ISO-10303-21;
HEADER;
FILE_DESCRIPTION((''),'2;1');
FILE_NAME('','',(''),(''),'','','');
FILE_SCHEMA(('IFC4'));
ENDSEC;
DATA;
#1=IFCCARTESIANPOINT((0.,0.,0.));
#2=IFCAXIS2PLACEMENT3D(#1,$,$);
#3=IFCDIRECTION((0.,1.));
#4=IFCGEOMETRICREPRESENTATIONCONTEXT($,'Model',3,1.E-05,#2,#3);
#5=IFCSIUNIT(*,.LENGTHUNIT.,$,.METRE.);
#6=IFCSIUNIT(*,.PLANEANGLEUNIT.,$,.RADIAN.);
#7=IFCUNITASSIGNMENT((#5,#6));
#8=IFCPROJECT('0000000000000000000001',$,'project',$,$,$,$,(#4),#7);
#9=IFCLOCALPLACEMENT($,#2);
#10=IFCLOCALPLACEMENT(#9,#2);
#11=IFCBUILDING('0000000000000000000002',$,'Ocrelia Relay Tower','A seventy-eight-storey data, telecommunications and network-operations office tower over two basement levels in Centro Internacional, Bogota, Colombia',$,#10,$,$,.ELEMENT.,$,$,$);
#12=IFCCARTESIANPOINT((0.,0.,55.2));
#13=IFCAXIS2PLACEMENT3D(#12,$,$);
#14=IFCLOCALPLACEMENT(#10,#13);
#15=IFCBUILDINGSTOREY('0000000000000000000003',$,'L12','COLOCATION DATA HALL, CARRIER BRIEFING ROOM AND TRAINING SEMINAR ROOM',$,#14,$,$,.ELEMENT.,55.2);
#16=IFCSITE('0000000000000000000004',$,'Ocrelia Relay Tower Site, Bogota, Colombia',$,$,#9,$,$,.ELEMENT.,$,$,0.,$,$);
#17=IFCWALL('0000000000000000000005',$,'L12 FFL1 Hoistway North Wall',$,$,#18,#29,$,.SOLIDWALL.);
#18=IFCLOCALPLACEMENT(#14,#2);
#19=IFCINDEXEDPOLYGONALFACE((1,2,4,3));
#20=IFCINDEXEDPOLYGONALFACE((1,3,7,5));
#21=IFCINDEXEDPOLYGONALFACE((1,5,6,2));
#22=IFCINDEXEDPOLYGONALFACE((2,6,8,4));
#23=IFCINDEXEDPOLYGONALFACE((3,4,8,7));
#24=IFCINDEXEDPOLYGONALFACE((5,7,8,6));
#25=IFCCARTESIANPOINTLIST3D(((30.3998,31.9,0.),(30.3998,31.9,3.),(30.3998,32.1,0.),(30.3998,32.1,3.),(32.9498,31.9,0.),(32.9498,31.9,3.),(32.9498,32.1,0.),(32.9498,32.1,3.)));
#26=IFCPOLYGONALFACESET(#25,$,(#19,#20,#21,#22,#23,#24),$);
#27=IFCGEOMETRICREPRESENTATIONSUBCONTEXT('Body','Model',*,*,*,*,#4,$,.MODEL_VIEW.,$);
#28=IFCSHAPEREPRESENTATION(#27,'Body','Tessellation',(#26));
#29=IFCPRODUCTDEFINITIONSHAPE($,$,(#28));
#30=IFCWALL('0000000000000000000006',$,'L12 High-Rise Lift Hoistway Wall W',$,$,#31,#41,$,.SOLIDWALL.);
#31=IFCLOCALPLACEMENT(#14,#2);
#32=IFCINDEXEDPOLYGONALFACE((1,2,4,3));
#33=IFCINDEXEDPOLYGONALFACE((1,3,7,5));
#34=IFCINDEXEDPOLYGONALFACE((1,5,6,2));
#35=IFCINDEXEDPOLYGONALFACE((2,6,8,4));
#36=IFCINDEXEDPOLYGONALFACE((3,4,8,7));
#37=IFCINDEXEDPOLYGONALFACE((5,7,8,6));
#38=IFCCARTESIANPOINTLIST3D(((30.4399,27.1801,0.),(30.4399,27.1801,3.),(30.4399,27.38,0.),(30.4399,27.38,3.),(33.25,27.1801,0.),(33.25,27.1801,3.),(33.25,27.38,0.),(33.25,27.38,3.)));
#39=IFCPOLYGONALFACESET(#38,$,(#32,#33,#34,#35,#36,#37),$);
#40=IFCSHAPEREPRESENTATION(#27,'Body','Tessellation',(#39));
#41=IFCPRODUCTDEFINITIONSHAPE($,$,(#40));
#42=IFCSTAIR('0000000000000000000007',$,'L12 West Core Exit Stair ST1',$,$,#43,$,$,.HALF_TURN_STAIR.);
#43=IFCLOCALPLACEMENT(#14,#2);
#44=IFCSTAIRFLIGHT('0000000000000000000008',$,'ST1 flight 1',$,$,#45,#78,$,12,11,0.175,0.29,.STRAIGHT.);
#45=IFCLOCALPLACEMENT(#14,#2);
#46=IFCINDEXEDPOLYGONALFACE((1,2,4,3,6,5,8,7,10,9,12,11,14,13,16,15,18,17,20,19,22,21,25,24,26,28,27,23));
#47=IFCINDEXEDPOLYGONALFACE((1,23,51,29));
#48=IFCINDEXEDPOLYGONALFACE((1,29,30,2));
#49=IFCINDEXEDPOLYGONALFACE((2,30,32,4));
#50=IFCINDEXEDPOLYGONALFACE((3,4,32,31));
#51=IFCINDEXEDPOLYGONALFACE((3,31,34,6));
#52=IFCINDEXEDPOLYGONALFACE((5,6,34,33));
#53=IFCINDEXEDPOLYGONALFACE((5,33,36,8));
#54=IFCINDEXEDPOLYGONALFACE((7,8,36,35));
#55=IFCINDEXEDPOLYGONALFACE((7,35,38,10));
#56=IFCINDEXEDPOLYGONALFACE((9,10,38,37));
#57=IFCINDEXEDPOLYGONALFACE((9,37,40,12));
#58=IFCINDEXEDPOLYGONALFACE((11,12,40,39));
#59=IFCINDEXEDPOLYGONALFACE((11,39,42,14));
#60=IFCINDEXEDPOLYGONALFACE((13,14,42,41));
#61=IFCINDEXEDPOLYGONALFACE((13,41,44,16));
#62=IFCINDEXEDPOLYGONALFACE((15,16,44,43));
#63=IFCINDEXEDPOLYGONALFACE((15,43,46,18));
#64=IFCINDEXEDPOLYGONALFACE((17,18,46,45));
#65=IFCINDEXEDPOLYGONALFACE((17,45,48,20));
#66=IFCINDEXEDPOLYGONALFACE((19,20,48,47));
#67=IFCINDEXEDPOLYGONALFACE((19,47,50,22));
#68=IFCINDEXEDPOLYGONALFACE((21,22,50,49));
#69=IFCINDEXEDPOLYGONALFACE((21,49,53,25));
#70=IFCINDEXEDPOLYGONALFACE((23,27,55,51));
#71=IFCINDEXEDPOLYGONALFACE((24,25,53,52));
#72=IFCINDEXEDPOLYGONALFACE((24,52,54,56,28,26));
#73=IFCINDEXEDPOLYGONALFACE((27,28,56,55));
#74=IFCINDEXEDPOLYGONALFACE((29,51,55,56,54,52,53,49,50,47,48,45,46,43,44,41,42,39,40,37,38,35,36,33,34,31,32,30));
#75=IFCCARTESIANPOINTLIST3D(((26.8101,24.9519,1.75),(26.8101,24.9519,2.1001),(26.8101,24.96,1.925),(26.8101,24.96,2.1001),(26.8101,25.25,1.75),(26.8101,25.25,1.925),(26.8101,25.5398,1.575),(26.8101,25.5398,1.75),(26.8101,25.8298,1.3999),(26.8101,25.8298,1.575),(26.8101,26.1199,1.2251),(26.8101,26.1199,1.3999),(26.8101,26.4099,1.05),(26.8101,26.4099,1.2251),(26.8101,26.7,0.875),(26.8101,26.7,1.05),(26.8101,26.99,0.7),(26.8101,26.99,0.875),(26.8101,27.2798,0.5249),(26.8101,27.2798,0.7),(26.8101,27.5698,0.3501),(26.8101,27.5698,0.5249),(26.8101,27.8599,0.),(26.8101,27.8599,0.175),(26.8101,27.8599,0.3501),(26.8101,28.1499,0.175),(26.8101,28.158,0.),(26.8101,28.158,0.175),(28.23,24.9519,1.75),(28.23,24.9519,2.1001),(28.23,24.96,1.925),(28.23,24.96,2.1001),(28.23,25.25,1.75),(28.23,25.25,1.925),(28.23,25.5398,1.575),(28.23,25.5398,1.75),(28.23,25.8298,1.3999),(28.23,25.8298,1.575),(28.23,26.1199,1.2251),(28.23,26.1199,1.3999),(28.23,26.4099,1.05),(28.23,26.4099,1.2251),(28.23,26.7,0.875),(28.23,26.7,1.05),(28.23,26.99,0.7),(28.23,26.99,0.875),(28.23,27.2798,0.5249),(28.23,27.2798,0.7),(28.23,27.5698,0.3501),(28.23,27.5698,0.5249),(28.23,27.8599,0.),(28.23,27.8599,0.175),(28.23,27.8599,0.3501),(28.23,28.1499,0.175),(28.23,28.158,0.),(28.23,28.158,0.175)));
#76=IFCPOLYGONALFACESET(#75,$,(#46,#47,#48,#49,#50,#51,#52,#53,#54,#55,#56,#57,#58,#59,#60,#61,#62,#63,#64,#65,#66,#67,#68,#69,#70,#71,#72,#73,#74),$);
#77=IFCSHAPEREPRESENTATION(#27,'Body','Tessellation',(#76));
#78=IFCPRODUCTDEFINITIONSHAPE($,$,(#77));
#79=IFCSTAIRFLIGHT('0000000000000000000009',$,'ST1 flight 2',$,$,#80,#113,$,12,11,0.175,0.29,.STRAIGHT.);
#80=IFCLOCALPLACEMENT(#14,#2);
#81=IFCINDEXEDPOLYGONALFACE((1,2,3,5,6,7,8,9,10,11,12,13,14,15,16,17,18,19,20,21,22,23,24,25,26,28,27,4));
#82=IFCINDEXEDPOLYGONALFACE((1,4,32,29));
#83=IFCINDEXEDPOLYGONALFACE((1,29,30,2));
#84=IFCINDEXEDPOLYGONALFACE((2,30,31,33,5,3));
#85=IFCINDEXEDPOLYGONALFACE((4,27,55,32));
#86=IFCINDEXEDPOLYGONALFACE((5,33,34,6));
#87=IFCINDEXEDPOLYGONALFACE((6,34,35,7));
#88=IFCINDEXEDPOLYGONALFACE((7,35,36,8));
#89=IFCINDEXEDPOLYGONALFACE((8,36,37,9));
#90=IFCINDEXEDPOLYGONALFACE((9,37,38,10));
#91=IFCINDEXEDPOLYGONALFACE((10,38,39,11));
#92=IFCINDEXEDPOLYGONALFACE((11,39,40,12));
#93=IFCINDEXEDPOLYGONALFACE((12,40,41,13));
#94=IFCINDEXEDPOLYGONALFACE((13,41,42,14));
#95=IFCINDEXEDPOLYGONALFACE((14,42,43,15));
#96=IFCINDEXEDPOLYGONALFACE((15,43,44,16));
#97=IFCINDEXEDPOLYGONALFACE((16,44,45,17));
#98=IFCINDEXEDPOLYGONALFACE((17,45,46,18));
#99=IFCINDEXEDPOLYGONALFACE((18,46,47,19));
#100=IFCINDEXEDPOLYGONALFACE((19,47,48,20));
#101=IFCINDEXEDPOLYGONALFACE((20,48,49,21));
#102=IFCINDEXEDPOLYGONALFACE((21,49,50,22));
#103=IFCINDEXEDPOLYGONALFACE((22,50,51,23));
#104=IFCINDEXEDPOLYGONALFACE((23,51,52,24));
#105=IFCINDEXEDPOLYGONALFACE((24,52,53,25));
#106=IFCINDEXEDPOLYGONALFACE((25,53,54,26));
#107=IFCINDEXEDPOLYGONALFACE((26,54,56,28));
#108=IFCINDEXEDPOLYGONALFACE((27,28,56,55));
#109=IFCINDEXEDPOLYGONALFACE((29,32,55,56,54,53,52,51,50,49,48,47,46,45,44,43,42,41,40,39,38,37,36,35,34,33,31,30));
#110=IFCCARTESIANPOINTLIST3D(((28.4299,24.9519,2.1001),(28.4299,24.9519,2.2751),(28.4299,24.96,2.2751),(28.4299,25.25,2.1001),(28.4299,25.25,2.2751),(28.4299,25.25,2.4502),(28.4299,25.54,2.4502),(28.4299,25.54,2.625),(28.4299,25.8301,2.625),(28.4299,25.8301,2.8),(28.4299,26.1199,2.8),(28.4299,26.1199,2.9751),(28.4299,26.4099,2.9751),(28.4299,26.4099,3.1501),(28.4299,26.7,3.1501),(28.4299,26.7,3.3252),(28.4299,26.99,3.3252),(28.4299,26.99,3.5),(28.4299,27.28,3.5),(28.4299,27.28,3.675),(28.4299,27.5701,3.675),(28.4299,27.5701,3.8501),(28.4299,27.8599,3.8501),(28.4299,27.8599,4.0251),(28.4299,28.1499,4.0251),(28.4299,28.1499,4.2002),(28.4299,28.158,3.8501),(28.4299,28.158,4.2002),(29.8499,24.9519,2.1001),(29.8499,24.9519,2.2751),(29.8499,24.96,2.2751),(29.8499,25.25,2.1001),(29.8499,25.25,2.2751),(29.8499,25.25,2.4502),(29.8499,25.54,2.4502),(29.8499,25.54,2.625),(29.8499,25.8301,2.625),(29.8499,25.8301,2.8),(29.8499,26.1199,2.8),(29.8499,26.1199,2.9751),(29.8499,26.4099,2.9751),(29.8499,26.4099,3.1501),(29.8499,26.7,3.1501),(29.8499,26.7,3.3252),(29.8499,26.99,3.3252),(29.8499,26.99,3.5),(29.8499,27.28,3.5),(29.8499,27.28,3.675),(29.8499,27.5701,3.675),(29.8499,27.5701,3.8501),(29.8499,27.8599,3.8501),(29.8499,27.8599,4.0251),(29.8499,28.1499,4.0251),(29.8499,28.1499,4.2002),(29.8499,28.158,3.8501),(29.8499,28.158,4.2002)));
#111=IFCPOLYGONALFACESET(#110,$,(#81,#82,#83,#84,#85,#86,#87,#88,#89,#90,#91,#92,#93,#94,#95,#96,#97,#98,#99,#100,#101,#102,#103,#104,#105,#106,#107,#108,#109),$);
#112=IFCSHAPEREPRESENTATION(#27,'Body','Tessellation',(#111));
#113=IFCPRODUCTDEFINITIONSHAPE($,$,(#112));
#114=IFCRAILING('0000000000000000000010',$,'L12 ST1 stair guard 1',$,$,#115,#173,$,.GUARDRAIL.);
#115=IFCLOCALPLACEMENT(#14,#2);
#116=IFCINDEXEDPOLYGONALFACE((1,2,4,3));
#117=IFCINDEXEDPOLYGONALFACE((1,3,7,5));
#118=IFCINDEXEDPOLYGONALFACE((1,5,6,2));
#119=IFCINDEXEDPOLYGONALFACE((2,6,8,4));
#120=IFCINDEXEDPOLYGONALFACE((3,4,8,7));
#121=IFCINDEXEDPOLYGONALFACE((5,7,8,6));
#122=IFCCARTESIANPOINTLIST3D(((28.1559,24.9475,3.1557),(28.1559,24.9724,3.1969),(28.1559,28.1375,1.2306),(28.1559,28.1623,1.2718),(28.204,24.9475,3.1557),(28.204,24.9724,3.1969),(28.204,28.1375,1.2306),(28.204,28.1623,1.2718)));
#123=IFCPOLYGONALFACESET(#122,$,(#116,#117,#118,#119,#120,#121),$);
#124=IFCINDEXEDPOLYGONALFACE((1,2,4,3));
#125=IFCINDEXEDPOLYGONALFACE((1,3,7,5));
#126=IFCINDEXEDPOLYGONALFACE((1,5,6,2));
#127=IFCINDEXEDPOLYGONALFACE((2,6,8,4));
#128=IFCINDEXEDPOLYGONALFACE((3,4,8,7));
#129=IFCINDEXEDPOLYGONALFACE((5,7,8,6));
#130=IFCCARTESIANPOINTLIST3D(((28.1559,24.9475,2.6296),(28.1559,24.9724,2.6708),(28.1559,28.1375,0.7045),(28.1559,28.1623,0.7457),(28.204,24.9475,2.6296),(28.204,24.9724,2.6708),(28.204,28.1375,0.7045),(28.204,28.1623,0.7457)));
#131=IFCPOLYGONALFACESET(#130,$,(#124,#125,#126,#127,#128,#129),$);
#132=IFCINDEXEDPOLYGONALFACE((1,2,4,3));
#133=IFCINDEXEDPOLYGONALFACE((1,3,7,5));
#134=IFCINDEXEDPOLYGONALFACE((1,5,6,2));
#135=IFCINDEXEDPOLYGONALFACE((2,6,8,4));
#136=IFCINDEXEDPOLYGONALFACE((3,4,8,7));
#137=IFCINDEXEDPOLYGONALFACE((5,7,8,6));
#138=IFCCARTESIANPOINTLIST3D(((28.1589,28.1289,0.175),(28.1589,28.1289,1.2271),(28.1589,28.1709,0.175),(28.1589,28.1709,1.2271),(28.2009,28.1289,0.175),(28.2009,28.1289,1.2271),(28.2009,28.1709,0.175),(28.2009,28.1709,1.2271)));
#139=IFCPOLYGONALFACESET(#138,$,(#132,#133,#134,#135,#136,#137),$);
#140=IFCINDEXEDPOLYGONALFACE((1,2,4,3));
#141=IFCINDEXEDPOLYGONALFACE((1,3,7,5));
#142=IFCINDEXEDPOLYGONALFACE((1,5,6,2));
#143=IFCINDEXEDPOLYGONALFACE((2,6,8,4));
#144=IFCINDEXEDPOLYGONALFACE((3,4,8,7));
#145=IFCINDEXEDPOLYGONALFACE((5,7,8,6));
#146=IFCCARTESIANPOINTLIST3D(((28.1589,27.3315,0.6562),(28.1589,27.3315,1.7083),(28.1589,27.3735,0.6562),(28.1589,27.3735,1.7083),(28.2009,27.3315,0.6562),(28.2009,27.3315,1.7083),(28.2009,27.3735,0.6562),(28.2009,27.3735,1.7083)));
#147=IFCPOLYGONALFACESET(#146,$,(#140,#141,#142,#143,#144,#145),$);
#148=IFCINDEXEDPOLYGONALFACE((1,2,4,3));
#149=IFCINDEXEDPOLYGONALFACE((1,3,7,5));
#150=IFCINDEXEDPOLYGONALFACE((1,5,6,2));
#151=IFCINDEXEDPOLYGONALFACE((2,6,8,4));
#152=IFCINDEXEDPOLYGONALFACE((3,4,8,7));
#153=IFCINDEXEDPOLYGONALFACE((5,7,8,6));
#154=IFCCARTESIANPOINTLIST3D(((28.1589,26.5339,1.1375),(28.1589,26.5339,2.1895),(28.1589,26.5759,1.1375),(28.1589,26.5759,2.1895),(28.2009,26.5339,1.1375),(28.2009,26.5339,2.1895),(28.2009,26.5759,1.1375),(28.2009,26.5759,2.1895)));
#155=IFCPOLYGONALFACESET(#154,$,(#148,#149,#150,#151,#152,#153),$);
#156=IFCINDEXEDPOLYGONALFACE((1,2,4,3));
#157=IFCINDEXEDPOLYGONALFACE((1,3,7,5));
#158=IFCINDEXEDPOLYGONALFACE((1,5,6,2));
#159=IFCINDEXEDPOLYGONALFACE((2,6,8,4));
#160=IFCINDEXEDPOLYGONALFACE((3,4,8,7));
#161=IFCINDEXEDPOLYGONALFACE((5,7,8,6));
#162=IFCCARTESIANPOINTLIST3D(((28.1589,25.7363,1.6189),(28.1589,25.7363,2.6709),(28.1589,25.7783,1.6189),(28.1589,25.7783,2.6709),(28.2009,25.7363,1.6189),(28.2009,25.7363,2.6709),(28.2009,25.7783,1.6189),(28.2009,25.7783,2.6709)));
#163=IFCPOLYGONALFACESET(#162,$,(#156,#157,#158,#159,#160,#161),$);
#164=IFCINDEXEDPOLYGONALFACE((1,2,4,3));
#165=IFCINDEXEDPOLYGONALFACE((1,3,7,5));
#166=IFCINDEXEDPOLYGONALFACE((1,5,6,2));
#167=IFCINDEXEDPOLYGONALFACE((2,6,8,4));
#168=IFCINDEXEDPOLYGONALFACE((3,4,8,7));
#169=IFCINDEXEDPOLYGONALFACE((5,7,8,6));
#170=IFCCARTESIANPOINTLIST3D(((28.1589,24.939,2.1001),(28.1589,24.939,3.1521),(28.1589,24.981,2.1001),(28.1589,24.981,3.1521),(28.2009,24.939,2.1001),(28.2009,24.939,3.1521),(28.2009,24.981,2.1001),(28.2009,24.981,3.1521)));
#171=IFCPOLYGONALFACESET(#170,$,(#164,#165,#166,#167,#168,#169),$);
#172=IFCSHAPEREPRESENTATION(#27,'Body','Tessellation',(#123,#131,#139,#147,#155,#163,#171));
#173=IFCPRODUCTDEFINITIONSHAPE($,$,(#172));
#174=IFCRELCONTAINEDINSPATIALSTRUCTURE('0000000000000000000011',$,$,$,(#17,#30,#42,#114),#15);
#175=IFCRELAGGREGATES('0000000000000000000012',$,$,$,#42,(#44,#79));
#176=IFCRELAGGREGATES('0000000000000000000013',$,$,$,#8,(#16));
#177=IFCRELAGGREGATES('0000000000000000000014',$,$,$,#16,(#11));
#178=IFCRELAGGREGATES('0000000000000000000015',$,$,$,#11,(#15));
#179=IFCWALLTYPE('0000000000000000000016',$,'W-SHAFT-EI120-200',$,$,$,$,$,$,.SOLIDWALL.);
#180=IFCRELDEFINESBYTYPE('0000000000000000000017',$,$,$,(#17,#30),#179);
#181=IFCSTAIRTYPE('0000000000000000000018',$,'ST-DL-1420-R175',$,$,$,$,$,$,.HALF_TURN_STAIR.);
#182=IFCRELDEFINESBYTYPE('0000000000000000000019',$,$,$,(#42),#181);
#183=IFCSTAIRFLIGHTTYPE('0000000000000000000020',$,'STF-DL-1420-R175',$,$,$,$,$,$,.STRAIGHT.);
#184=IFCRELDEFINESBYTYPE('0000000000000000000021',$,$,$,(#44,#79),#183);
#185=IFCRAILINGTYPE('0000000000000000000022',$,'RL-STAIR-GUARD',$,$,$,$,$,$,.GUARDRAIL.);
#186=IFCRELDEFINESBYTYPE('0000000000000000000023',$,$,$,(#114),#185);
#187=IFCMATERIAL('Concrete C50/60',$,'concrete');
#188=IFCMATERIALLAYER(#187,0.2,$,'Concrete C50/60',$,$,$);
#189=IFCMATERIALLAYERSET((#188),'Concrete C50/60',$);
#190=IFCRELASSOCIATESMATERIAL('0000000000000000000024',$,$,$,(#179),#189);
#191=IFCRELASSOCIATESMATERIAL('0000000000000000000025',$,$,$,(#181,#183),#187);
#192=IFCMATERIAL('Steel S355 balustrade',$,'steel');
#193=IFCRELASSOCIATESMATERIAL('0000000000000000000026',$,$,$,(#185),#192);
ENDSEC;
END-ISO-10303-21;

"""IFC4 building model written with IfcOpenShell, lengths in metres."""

from ifc_helpers import new_model, si_unit, direction, frame, frame_2d, origin, origin_2d, place, context, subcontext, project, spatial, polyline, rectangle, outline, extrude, material, layer, layer_set, type_object, element, aggregate, save


model = new_model("IFC4")

# Units and contexts
model_context = context("Model", 3, precision=1e-05, world=origin(), true_north=direction((0.0, 1.0)))
body_context = subcontext(model_context, "Body", "Model", "MODEL_VIEW")
ifc_project = project(units=[si_unit("LENGTHUNIT", "METRE"), si_unit("PLANEANGLEUNIT", "RADIAN")], contexts=[model_context])

# Site, building, storey
site_placement = place(None, origin())
site = spatial("IfcSite", under=ifc_project, at=site_placement, Name="Ocrelia Relay Tower Site, Bogota, Colombia", CompositionType="ELEMENT", RefElevation=0.0)
building_placement = place(site_placement, origin())
building = spatial("IfcBuilding", under=site, at=building_placement, Name="Ocrelia Relay Tower", Description="A seventy-eight-storey data, telecommunications and network-operations office tower over two basement levels in Centro Internacional, Bogota, Colombia", CompositionType="ELEMENT")
storey_placement = place(building_placement, frame((0.0, 0.0, 55.2)))
storey = spatial("IfcBuildingStorey", under=building, at=storey_placement, Name="L12", Description="COLOCATION DATA HALL, CARRIER BRIEFING ROOM AND TRAINING SEMINAR ROOM", CompositionType="ELEMENT", Elevation=55.2)

# Shared definitions
ifc_material_1 = material(Name="Concrete C50/60", Category="concrete")

# Walls
ifc_layer_1 = layer(ifc_material_1, 0.2, Name="Concrete C50/60")
ifc_layer_set_1 = layer_set([ifc_layer_1], Name="Concrete C50/60")
wall_type_1 = type_object("IfcWallType", Name="W-SHAFT-EI120-200", PredefinedType="SOLIDWALL", material=ifc_layer_set_1)
wall_1_placement = place(storey_placement, frame((30.3999, 32.0, 0.0), z_axis=(0.0, 0.0, 1.0), x_axis=(1.0, 0.0, 0.0)))
element("IfcWall", 1, at=wall_1_placement, inside=storey, type_object=wall_type_1, Name="L12 FFL1 Hoistway North Wall", PredefinedType="SOLIDWALL", context=body_context, shape_type="SweptSolid", body=[
    extrude(rectangle(XDim=2.55, YDim=0.2, at=frame_2d((1.2749, 0.0))), origin(), (0.0, 0.0, 1.0), 3.0),
])
wall_2_placement = place(storey_placement, frame((30.4399, 27.28, 0.0), z_axis=(0.0, 0.0, 1.0), x_axis=(1.0, 0.0, 0.0)))
element("IfcWall", 2, at=wall_2_placement, inside=storey, type_object=wall_type_1, Name="L12 High-Rise Lift Hoistway Wall W", PredefinedType="SOLIDWALL", context=body_context, shape_type="SweptSolid", body=[
    extrude(rectangle(XDim=2.8101, YDim=0.2, at=frame_2d((1.405, 0.0))), origin(), (0.0, 0.0, 1.0), 3.0),
])

# Stair, stair flights
stair_type = type_object("IfcStairType", Name="ST-DL-1420-R175", PredefinedType="HALF_TURN_STAIR", material=ifc_material_1)
stair_placement = place(storey_placement, origin())
stair = element("IfcStair", 3, at=stair_placement, inside=storey, type_object=stair_type, Name="L12 West Core Exit Stair ST1", PredefinedType="HALF_TURN_STAIR")
stair_flight_type = type_object("IfcStairFlightType", Name="STF-DL-1420-R175", PredefinedType="STRAIGHT", material=ifc_material_1)
stair_flight_1_placement = place(storey_placement, frame((27.52, 28.1499, 0.0), z_axis=(0.0, 0.0, 1.0), x_axis=(0.0, -1.0, 0.0)))
stair_flight_1 = element("IfcStairFlight", 4, at=stair_flight_1_placement, type_object=stair_flight_type, Name="ST1 flight 1", NumberOfRisers=12, NumberOfTreads=11, PredefinedType="STRAIGHT", RiserHeight=0.175, TreadLength=0.29, context=body_context, shape_type="SweptSolid", body=[
    extrude(outline(polyline([(-0.0081, 0.0), (-0.0081, 0.175), (0.0, 0.175), (0.29, 0.175), (0.29, 0.3501), (0.5801, 0.3501), (0.5801, 0.5249), (0.8701, 0.5249), (0.8701, 0.7), (1.1599, 0.7), (1.1599, 0.875), (1.45, 0.875), (1.45, 1.05), (1.74, 1.05), (1.74, 1.2251), (2.03, 1.2251), (2.03, 1.3999), (2.3201, 1.3999), (2.3201, 1.575), (2.6101, 1.575), (2.6101, 1.75), (2.8999, 1.75), (2.8999, 1.925), (3.1899, 1.925), (3.1899, 2.1001), (3.198, 2.1001), (3.198, 1.75), (0.29, 0.0), (-0.0081, 0.0)])), frame((0.0, 0.71, 0.0), z_axis=(0.0, -1.0, 0.0), x_axis=(1.0, 0.0, 0.0)), (0.0, 0.0, 1.0), 1.4199),
])
stair_flight_2_placement = place(storey_placement, frame((29.1399, 24.96, 2.1001), z_axis=(0.0, 0.0, 1.0), x_axis=(0.0, 1.0, 0.0)))
stair_flight_2 = element("IfcStairFlight", 5, at=stair_flight_2_placement, type_object=stair_flight_type, Name="ST1 flight 2", NumberOfRisers=12, NumberOfTreads=11, PredefinedType="STRAIGHT", RiserHeight=0.175, TreadLength=0.29, context=body_context, shape_type="SweptSolid", body=[
    extrude(outline(polyline([(-0.0081, 0.0), (-0.0081, 0.175), (0.0, 0.175), (0.29, 0.175), (0.29, 0.3501), (0.5801, 0.3501), (0.5801, 0.5249), (0.8701, 0.5249), (0.8701, 0.7), (1.1599, 0.7), (1.1599, 0.875), (1.45, 0.875), (1.45, 1.05), (1.74, 1.05), (1.74, 1.2251), (2.03, 1.2251), (2.03, 1.3999), (2.3201, 1.3999), (2.3201, 1.575), (2.6101, 1.575), (2.6101, 1.75), (2.8999, 1.75), (2.8999, 1.925), (3.1899, 1.925), (3.1899, 2.1001), (3.198, 2.1001), (3.198, 1.75), (0.29, 0.0), (-0.0081, 0.0)])), frame((0.0, 0.71, 0.0), z_axis=(0.0, -1.0, 0.0), x_axis=(1.0, 0.0, 0.0)), (0.0, 0.0, 1.0), 1.4199),
])
aggregate(stair, [stair_flight_1, stair_flight_2])

# Railing
ifc_material_2 = material(Name="Steel S355 balustrade", Category="steel")
railing_type_1 = type_object("IfcRailingType", Name="RL-STAIR-GUARD", PredefinedType="GUARDRAIL", material=ifc_material_2)
railing_1_placement = place(storey_placement, frame((28.1799, 28.1499, 0.175)))
element("IfcRailing", 6, at=railing_1_placement, inside=storey, type_object=railing_type_1, Name="L12 ST1 stair guard 1", PredefinedType="GUARDRAIL", context=body_context, shape_type="SweptSolid", body=[
    extrude(rectangle(XDim=0.0481, YDim=0.0481, at=origin_2d()), frame((0.0, 0.0, 1.0762), z_axis=(0.0, -0.856178, 0.516682), x_axis=(1.0, 0.0, 0.0)), (0.0, 0.0, 1.0), 3.7258),
    extrude(rectangle(XDim=0.0481, YDim=0.0481, at=origin_2d()), frame((0.0, 0.0, 0.55), z_axis=(0.0, -0.856178, 0.516682), x_axis=(1.0, 0.0, 0.0)), (0.0, 0.0, 1.0), 3.7258),
    extrude(rectangle(XDim=0.042, YDim=0.042, at=origin_2d()), origin(), (0.0, 0.0, 1.0), 1.052),
    extrude(rectangle(XDim=0.042, YDim=0.042, at=origin_2d()), frame((0.0, -0.7974, 0.4812)), (0.0, 0.0, 1.0), 1.052),
    extrude(rectangle(XDim=0.042, YDim=0.042, at=origin_2d()), frame((0.0, -1.595, 0.9624)), (0.0, 0.0, 1.0), 1.052),
    extrude(rectangle(XDim=0.042, YDim=0.042, at=origin_2d()), frame((0.0, -2.3926, 1.4438)), (0.0, 0.0, 1.0), 1.052),
    extrude(rectangle(XDim=0.042, YDim=0.042, at=origin_2d()), frame((0.0, -3.1899, 1.925)), (0.0, 0.0, 1.0), 1.052),
])

save(model, "model.ifc")
